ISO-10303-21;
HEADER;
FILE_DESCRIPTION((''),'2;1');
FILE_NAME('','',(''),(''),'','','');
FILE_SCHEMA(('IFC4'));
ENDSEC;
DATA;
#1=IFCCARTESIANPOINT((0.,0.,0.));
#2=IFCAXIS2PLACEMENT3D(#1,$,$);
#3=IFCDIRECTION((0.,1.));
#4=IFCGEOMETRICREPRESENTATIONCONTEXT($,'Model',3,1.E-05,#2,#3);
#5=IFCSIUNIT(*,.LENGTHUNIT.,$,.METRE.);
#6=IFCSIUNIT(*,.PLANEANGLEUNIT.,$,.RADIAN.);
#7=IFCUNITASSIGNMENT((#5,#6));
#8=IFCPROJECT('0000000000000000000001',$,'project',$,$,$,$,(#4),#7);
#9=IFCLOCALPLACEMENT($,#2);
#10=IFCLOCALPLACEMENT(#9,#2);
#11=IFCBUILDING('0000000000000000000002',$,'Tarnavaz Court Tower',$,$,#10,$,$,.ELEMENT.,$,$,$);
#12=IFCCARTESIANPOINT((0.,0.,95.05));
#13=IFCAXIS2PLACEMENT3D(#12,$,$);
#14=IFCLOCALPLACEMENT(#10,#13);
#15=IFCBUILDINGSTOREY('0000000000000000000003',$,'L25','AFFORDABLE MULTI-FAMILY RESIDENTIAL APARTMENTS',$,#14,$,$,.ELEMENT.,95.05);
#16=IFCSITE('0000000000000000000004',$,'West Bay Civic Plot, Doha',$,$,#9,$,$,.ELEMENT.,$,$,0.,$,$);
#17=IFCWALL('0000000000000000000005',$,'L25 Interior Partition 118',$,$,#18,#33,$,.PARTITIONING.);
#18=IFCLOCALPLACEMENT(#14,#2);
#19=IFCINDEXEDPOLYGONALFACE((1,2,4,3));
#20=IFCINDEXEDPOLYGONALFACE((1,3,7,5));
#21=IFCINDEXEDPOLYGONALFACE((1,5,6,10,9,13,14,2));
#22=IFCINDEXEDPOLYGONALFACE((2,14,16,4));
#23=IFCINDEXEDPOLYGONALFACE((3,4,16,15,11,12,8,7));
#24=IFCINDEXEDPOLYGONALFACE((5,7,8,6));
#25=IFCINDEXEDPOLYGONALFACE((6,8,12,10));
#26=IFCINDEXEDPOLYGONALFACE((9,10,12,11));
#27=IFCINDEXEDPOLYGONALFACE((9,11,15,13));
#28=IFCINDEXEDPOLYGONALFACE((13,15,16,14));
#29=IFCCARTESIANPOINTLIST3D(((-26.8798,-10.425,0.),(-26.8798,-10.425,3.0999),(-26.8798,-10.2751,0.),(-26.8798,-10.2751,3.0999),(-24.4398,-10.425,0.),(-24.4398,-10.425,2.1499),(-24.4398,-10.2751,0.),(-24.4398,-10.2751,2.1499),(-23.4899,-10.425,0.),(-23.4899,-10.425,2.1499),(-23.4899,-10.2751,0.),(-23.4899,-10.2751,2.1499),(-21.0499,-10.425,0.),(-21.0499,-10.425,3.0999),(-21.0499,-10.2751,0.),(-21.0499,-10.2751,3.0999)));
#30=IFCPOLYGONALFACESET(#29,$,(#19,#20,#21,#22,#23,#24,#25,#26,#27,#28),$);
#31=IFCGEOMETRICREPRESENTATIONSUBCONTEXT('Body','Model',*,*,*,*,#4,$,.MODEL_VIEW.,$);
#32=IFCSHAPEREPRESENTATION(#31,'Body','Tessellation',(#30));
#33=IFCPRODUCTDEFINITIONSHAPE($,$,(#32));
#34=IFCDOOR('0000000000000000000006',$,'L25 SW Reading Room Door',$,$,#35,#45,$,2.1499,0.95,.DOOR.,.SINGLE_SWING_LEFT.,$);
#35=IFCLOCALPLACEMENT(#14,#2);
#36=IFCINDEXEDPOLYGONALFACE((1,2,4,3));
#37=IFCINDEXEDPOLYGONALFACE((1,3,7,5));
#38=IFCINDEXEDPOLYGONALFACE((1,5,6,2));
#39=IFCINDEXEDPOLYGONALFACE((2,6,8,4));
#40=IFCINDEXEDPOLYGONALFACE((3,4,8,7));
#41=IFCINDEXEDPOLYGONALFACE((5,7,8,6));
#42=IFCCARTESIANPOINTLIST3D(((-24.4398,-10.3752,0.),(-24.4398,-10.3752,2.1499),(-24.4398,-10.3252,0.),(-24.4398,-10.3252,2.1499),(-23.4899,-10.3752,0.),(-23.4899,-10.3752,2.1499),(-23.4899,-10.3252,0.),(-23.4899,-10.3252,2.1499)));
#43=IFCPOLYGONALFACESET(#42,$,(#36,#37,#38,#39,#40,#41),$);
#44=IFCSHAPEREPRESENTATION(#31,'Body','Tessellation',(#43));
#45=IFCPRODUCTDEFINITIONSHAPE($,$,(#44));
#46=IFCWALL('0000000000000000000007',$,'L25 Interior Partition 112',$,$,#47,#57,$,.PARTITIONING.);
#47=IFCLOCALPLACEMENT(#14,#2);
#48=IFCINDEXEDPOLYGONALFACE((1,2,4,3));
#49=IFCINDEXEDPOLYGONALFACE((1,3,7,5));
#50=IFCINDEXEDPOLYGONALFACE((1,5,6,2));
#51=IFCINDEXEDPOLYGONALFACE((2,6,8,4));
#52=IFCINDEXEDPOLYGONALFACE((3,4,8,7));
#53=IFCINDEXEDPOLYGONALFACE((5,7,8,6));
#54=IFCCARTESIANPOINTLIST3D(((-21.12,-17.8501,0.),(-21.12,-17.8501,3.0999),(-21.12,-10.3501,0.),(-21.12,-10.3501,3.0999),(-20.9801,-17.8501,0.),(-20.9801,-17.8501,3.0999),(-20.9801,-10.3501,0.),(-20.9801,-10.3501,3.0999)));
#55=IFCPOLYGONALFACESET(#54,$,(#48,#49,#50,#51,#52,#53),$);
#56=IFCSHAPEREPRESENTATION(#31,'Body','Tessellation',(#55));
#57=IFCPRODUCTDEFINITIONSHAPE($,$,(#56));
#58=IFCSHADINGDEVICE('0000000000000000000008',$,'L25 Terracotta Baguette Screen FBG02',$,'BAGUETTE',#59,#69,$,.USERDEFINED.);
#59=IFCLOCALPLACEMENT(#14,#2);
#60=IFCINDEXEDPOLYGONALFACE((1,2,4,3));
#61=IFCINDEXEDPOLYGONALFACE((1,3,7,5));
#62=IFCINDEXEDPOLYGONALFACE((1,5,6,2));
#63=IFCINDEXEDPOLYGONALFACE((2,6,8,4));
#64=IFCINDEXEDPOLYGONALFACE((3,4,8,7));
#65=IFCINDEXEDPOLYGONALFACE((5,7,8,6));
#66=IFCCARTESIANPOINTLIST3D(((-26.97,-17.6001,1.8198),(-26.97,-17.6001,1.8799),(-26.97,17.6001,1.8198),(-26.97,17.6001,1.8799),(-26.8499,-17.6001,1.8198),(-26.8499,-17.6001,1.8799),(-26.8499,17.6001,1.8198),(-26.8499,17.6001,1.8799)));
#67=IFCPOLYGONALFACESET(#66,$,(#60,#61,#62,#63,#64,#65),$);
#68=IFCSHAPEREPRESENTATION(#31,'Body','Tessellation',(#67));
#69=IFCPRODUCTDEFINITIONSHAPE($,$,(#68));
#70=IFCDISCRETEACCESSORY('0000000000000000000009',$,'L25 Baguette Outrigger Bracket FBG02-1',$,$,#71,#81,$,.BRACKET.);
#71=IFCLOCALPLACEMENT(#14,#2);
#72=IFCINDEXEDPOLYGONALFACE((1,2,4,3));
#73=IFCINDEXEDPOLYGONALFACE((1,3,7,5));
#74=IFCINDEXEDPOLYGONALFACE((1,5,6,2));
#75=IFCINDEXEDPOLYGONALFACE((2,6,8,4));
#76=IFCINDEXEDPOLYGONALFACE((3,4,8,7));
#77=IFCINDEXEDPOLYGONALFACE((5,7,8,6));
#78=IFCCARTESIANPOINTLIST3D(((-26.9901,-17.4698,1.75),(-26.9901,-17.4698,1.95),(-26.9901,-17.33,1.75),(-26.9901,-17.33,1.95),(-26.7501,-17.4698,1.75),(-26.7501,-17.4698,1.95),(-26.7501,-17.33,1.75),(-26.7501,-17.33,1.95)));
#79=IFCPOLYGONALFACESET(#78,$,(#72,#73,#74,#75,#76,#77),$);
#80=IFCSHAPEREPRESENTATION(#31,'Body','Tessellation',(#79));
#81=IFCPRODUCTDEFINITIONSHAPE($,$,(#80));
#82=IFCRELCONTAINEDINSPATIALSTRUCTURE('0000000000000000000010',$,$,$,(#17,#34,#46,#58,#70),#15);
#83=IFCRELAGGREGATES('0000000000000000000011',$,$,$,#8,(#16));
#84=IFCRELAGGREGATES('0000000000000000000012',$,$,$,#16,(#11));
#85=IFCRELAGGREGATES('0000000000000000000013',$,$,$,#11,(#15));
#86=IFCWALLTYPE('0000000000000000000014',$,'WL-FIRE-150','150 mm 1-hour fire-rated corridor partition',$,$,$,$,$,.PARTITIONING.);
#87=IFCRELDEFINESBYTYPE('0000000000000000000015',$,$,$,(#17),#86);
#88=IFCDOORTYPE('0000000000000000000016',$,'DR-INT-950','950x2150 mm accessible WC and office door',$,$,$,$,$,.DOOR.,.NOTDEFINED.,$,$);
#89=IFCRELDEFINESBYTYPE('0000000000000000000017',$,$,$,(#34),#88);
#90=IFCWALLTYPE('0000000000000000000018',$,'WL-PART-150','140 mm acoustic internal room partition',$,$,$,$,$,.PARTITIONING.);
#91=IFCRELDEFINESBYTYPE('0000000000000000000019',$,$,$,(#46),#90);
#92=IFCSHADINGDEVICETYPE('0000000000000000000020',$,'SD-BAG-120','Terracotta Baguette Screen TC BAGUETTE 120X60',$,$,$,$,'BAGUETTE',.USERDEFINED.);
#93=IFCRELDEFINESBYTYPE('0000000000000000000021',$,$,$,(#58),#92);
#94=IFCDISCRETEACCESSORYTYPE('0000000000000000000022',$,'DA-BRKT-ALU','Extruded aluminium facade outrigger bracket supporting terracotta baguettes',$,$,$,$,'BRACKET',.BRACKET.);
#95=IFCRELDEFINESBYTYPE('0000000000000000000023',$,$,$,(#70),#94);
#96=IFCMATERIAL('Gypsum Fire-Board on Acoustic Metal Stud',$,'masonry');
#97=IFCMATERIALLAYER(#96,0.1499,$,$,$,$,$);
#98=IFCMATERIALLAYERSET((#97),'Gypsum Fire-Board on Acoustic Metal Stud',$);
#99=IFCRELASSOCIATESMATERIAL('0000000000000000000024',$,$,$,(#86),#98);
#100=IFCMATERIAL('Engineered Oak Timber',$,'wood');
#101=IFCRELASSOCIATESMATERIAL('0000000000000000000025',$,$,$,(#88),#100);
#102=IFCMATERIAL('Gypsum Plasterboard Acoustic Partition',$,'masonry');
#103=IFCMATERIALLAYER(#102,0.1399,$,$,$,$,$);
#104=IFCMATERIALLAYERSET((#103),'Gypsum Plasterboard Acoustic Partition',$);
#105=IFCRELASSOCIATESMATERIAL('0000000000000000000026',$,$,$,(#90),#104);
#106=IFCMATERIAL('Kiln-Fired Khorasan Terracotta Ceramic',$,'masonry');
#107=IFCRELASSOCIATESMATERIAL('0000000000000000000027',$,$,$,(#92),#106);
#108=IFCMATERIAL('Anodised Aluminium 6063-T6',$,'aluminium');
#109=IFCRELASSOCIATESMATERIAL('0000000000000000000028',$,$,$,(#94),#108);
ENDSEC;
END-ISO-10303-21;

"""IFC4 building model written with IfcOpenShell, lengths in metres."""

from ifc_helpers import new_model, si_unit, direction, frame, frame_2d, origin, origin_2d, place, context, subcontext, project, spatial, rectangle, extrude, material, layer, layer_set, material_profile, profile_set, type_object, element, fill, save


model = new_model("IFC4")

# Units and contexts
model_context = context("Model", 3, precision=1e-05, world=origin(), true_north=direction((0.0, 1.0)))
body_context = subcontext(model_context, "Body", "Model", "MODEL_VIEW")
ifc_project = project(units=[si_unit("LENGTHUNIT", "METRE"), si_unit("PLANEANGLEUNIT", "RADIAN")], contexts=[model_context])

# Site, building, storey
site_placement = place(None, origin())
site = spatial("IfcSite", under=ifc_project, at=site_placement, Name="West Bay Civic Plot, Doha", CompositionType="ELEMENT", RefElevation=0.0)
building_placement = place(site_placement, origin())
building = spatial("IfcBuilding", under=site, at=building_placement, Name="Tarnavaz Court Tower", CompositionType="ELEMENT")
storey_placement = place(building_placement, frame((0.0, 0.0, 95.05)))
storey = spatial("IfcBuildingStorey", under=building, at=storey_placement, Name="L25", Description="AFFORDABLE MULTI-FAMILY RESIDENTIAL APARTMENTS", CompositionType="ELEMENT", Elevation=95.05)

# Shared definitions
ifc_material_1 = material(Name="Gypsum Fire-Board on Acoustic Metal Stud", Category="masonry")
ifc_layer_1 = layer(ifc_material_1, 0.1499)
ifc_layer_set_1 = layer_set([ifc_layer_1], Name="Gypsum Fire-Board on Acoustic Metal Stud")
wall_type_1 = type_object("IfcWallType", Name="WL-FIRE-150", Description="150 mm 1-hour fire-rated corridor partition", PredefinedType="PARTITIONING", material=ifc_layer_set_1)
ifc_material_2 = material(Name="Engineered Oak Timber", Category="wood")
door_type_1 = type_object("IfcDoorType", Name="DR-INT-950", Description="950x2150 mm accessible WC and office door", OperationType="NOTDEFINED", PredefinedType="DOOR", material=ifc_material_2)

# Wall, opening, door
wall_1_placement = place(storey_placement, frame((-26.8799, -10.3501, 0.0), z_axis=(0.0, 0.0, 1.0), x_axis=(1.0, 0.0, 0.0)))
wall_1 = element("IfcWall", 1, at=wall_1_placement, inside=storey, type_object=wall_type_1, Name="L25 Interior Partition 118", PredefinedType="PARTITIONING", context=body_context, shape_type="SweptSolid", body=[
    extrude(rectangle(XDim=5.8298, YDim=0.1499, at=frame_2d((2.915, 0.0))), origin(), (0.0, 0.0, 1.0), 3.0999),
])
opening_1_placement = place(wall_1_placement, frame((2.4399, 0.0, 0.0)))
opening_1 = element("IfcOpeningElement", 2, at=opening_1_placement, cuts=wall_1, PredefinedType="OPENING", context=body_context, shape_type="SweptSolid", body=[
    extrude(rectangle(XDim=0.95, YDim=2.1499, at=frame_2d((0.4751, 1.075))), frame((0.0, 0.085, 0.0), z_axis=(0.0, -1.0, 0.0), x_axis=(1.0, 0.0, 0.0)), (0.0, 0.0, 1.0), 0.1699),
])
door_1_placement = place(opening_1_placement, origin())
door_1 = element("IfcDoor", 3, at=door_1_placement, inside=storey, type_object=door_type_1, Name="L25 SW Reading Room Door", OperationType="SINGLE_SWING_LEFT", OverallHeight=2.1499, OverallWidth=0.95, PredefinedType="DOOR", context=body_context, shape_type="SweptSolid", body=[
    extrude(rectangle(XDim=0.95, YDim=2.1499, at=frame_2d((0.4751, 1.075))), frame((0.0, 0.0249, 0.0), z_axis=(0.0, -1.0, 0.0), x_axis=(1.0, 0.0, 0.0)), (0.0, 0.0, 1.0), 0.05),
])
fill(opening_1, door_1)

# Wall
ifc_material_3 = material(Name="Gypsum Plasterboard Acoustic Partition", Category="masonry")
ifc_layer_2 = layer(ifc_material_3, 0.1399)
ifc_layer_set_2 = layer_set([ifc_layer_2], Name="Gypsum Plasterboard Acoustic Partition")
wall_type_2 = type_object("IfcWallType", Name="WL-PART-150", Description="140 mm acoustic internal room partition", PredefinedType="PARTITIONING", material=ifc_layer_set_2)
wall_2_placement = place(storey_placement, frame((-21.05, -17.8501, 0.0), z_axis=(0.0, 0.0, 1.0), x_axis=(0.0, 1.0, 0.0)))
element("IfcWall", 4, at=wall_2_placement, inside=storey, type_object=wall_type_2, Name="L25 Interior Partition 112", PredefinedType="PARTITIONING", context=body_context, shape_type="SweptSolid", body=[
    extrude(rectangle(XDim=7.5, YDim=0.1399, at=frame_2d((3.75, 0.0))), origin(), (0.0, 0.0, 1.0), 3.0999),
])

# Shading device
ifc_material_4 = material(Name="Kiln-Fired Khorasan Terracotta Ceramic", Category="masonry")
ifc_material_profile_1 = material_profile(ifc_material_4, rectangle(XDim=0.1201, YDim=0.0601, at=origin_2d()), Name="TC BAGUETTE 120X60")
ifc_profile_set_1 = profile_set([ifc_material_profile_1], Name="Kiln-Fired Khorasan Terracotta Ceramic")
shading_device_type = type_object("IfcShadingDeviceType", Name="SD-BAG-120", Description="Terracotta Baguette Screen TC BAGUETTE 120X60", ElementType="BAGUETTE", PredefinedType="USERDEFINED", material=ifc_profile_set_1)
shading_device_placement = place(storey_placement, frame((-26.9099, -17.6001, 1.8499), z_axis=(0.0, 1.0, 0.0), x_axis=(-1.0, 0.0, 0.0)))
element("IfcShadingDevice", 5, at=shading_device_placement, inside=storey, type_object=shading_device_type, Name="L25 Terracotta Baguette Screen FBG02", ObjectType="BAGUETTE", PredefinedType="USERDEFINED", context=body_context, shape_type="SweptSolid", body=[
    extrude(rectangle(XDim=0.1201, YDim=0.0601, at=origin_2d()), origin(), (0.0, 0.0, 1.0), 35.2002),
])

# Discrete accessory
ifc_material_5 = material(Name="Anodised Aluminium 6063-T6", Category="aluminium")
discrete_accessory_type = type_object("IfcDiscreteAccessoryType", Name="DA-BRKT-ALU", Description="Extruded aluminium facade outrigger bracket supporting terracotta baguettes", ElementType="BRACKET", PredefinedType="BRACKET", material=ifc_material_5)
discrete_accessory_placement = place(storey_placement, frame((-26.8701, -17.3999, 1.75), z_axis=(0.0, 0.0, 1.0), x_axis=(0.0, 1.0, 0.0)))
element("IfcDiscreteAccessory", 6, at=discrete_accessory_placement, inside=storey, type_object=discrete_accessory_type, Name="L25 Baguette Outrigger Bracket FBG02-1", PredefinedType="BRACKET", context=body_context, shape_type="SweptSolid", body=[
    extrude(rectangle(XDim=0.1399, YDim=0.24, at=origin_2d()), origin(), (0.0, 0.0, 1.0), 0.2),
])

save(model, "model.ifc")
